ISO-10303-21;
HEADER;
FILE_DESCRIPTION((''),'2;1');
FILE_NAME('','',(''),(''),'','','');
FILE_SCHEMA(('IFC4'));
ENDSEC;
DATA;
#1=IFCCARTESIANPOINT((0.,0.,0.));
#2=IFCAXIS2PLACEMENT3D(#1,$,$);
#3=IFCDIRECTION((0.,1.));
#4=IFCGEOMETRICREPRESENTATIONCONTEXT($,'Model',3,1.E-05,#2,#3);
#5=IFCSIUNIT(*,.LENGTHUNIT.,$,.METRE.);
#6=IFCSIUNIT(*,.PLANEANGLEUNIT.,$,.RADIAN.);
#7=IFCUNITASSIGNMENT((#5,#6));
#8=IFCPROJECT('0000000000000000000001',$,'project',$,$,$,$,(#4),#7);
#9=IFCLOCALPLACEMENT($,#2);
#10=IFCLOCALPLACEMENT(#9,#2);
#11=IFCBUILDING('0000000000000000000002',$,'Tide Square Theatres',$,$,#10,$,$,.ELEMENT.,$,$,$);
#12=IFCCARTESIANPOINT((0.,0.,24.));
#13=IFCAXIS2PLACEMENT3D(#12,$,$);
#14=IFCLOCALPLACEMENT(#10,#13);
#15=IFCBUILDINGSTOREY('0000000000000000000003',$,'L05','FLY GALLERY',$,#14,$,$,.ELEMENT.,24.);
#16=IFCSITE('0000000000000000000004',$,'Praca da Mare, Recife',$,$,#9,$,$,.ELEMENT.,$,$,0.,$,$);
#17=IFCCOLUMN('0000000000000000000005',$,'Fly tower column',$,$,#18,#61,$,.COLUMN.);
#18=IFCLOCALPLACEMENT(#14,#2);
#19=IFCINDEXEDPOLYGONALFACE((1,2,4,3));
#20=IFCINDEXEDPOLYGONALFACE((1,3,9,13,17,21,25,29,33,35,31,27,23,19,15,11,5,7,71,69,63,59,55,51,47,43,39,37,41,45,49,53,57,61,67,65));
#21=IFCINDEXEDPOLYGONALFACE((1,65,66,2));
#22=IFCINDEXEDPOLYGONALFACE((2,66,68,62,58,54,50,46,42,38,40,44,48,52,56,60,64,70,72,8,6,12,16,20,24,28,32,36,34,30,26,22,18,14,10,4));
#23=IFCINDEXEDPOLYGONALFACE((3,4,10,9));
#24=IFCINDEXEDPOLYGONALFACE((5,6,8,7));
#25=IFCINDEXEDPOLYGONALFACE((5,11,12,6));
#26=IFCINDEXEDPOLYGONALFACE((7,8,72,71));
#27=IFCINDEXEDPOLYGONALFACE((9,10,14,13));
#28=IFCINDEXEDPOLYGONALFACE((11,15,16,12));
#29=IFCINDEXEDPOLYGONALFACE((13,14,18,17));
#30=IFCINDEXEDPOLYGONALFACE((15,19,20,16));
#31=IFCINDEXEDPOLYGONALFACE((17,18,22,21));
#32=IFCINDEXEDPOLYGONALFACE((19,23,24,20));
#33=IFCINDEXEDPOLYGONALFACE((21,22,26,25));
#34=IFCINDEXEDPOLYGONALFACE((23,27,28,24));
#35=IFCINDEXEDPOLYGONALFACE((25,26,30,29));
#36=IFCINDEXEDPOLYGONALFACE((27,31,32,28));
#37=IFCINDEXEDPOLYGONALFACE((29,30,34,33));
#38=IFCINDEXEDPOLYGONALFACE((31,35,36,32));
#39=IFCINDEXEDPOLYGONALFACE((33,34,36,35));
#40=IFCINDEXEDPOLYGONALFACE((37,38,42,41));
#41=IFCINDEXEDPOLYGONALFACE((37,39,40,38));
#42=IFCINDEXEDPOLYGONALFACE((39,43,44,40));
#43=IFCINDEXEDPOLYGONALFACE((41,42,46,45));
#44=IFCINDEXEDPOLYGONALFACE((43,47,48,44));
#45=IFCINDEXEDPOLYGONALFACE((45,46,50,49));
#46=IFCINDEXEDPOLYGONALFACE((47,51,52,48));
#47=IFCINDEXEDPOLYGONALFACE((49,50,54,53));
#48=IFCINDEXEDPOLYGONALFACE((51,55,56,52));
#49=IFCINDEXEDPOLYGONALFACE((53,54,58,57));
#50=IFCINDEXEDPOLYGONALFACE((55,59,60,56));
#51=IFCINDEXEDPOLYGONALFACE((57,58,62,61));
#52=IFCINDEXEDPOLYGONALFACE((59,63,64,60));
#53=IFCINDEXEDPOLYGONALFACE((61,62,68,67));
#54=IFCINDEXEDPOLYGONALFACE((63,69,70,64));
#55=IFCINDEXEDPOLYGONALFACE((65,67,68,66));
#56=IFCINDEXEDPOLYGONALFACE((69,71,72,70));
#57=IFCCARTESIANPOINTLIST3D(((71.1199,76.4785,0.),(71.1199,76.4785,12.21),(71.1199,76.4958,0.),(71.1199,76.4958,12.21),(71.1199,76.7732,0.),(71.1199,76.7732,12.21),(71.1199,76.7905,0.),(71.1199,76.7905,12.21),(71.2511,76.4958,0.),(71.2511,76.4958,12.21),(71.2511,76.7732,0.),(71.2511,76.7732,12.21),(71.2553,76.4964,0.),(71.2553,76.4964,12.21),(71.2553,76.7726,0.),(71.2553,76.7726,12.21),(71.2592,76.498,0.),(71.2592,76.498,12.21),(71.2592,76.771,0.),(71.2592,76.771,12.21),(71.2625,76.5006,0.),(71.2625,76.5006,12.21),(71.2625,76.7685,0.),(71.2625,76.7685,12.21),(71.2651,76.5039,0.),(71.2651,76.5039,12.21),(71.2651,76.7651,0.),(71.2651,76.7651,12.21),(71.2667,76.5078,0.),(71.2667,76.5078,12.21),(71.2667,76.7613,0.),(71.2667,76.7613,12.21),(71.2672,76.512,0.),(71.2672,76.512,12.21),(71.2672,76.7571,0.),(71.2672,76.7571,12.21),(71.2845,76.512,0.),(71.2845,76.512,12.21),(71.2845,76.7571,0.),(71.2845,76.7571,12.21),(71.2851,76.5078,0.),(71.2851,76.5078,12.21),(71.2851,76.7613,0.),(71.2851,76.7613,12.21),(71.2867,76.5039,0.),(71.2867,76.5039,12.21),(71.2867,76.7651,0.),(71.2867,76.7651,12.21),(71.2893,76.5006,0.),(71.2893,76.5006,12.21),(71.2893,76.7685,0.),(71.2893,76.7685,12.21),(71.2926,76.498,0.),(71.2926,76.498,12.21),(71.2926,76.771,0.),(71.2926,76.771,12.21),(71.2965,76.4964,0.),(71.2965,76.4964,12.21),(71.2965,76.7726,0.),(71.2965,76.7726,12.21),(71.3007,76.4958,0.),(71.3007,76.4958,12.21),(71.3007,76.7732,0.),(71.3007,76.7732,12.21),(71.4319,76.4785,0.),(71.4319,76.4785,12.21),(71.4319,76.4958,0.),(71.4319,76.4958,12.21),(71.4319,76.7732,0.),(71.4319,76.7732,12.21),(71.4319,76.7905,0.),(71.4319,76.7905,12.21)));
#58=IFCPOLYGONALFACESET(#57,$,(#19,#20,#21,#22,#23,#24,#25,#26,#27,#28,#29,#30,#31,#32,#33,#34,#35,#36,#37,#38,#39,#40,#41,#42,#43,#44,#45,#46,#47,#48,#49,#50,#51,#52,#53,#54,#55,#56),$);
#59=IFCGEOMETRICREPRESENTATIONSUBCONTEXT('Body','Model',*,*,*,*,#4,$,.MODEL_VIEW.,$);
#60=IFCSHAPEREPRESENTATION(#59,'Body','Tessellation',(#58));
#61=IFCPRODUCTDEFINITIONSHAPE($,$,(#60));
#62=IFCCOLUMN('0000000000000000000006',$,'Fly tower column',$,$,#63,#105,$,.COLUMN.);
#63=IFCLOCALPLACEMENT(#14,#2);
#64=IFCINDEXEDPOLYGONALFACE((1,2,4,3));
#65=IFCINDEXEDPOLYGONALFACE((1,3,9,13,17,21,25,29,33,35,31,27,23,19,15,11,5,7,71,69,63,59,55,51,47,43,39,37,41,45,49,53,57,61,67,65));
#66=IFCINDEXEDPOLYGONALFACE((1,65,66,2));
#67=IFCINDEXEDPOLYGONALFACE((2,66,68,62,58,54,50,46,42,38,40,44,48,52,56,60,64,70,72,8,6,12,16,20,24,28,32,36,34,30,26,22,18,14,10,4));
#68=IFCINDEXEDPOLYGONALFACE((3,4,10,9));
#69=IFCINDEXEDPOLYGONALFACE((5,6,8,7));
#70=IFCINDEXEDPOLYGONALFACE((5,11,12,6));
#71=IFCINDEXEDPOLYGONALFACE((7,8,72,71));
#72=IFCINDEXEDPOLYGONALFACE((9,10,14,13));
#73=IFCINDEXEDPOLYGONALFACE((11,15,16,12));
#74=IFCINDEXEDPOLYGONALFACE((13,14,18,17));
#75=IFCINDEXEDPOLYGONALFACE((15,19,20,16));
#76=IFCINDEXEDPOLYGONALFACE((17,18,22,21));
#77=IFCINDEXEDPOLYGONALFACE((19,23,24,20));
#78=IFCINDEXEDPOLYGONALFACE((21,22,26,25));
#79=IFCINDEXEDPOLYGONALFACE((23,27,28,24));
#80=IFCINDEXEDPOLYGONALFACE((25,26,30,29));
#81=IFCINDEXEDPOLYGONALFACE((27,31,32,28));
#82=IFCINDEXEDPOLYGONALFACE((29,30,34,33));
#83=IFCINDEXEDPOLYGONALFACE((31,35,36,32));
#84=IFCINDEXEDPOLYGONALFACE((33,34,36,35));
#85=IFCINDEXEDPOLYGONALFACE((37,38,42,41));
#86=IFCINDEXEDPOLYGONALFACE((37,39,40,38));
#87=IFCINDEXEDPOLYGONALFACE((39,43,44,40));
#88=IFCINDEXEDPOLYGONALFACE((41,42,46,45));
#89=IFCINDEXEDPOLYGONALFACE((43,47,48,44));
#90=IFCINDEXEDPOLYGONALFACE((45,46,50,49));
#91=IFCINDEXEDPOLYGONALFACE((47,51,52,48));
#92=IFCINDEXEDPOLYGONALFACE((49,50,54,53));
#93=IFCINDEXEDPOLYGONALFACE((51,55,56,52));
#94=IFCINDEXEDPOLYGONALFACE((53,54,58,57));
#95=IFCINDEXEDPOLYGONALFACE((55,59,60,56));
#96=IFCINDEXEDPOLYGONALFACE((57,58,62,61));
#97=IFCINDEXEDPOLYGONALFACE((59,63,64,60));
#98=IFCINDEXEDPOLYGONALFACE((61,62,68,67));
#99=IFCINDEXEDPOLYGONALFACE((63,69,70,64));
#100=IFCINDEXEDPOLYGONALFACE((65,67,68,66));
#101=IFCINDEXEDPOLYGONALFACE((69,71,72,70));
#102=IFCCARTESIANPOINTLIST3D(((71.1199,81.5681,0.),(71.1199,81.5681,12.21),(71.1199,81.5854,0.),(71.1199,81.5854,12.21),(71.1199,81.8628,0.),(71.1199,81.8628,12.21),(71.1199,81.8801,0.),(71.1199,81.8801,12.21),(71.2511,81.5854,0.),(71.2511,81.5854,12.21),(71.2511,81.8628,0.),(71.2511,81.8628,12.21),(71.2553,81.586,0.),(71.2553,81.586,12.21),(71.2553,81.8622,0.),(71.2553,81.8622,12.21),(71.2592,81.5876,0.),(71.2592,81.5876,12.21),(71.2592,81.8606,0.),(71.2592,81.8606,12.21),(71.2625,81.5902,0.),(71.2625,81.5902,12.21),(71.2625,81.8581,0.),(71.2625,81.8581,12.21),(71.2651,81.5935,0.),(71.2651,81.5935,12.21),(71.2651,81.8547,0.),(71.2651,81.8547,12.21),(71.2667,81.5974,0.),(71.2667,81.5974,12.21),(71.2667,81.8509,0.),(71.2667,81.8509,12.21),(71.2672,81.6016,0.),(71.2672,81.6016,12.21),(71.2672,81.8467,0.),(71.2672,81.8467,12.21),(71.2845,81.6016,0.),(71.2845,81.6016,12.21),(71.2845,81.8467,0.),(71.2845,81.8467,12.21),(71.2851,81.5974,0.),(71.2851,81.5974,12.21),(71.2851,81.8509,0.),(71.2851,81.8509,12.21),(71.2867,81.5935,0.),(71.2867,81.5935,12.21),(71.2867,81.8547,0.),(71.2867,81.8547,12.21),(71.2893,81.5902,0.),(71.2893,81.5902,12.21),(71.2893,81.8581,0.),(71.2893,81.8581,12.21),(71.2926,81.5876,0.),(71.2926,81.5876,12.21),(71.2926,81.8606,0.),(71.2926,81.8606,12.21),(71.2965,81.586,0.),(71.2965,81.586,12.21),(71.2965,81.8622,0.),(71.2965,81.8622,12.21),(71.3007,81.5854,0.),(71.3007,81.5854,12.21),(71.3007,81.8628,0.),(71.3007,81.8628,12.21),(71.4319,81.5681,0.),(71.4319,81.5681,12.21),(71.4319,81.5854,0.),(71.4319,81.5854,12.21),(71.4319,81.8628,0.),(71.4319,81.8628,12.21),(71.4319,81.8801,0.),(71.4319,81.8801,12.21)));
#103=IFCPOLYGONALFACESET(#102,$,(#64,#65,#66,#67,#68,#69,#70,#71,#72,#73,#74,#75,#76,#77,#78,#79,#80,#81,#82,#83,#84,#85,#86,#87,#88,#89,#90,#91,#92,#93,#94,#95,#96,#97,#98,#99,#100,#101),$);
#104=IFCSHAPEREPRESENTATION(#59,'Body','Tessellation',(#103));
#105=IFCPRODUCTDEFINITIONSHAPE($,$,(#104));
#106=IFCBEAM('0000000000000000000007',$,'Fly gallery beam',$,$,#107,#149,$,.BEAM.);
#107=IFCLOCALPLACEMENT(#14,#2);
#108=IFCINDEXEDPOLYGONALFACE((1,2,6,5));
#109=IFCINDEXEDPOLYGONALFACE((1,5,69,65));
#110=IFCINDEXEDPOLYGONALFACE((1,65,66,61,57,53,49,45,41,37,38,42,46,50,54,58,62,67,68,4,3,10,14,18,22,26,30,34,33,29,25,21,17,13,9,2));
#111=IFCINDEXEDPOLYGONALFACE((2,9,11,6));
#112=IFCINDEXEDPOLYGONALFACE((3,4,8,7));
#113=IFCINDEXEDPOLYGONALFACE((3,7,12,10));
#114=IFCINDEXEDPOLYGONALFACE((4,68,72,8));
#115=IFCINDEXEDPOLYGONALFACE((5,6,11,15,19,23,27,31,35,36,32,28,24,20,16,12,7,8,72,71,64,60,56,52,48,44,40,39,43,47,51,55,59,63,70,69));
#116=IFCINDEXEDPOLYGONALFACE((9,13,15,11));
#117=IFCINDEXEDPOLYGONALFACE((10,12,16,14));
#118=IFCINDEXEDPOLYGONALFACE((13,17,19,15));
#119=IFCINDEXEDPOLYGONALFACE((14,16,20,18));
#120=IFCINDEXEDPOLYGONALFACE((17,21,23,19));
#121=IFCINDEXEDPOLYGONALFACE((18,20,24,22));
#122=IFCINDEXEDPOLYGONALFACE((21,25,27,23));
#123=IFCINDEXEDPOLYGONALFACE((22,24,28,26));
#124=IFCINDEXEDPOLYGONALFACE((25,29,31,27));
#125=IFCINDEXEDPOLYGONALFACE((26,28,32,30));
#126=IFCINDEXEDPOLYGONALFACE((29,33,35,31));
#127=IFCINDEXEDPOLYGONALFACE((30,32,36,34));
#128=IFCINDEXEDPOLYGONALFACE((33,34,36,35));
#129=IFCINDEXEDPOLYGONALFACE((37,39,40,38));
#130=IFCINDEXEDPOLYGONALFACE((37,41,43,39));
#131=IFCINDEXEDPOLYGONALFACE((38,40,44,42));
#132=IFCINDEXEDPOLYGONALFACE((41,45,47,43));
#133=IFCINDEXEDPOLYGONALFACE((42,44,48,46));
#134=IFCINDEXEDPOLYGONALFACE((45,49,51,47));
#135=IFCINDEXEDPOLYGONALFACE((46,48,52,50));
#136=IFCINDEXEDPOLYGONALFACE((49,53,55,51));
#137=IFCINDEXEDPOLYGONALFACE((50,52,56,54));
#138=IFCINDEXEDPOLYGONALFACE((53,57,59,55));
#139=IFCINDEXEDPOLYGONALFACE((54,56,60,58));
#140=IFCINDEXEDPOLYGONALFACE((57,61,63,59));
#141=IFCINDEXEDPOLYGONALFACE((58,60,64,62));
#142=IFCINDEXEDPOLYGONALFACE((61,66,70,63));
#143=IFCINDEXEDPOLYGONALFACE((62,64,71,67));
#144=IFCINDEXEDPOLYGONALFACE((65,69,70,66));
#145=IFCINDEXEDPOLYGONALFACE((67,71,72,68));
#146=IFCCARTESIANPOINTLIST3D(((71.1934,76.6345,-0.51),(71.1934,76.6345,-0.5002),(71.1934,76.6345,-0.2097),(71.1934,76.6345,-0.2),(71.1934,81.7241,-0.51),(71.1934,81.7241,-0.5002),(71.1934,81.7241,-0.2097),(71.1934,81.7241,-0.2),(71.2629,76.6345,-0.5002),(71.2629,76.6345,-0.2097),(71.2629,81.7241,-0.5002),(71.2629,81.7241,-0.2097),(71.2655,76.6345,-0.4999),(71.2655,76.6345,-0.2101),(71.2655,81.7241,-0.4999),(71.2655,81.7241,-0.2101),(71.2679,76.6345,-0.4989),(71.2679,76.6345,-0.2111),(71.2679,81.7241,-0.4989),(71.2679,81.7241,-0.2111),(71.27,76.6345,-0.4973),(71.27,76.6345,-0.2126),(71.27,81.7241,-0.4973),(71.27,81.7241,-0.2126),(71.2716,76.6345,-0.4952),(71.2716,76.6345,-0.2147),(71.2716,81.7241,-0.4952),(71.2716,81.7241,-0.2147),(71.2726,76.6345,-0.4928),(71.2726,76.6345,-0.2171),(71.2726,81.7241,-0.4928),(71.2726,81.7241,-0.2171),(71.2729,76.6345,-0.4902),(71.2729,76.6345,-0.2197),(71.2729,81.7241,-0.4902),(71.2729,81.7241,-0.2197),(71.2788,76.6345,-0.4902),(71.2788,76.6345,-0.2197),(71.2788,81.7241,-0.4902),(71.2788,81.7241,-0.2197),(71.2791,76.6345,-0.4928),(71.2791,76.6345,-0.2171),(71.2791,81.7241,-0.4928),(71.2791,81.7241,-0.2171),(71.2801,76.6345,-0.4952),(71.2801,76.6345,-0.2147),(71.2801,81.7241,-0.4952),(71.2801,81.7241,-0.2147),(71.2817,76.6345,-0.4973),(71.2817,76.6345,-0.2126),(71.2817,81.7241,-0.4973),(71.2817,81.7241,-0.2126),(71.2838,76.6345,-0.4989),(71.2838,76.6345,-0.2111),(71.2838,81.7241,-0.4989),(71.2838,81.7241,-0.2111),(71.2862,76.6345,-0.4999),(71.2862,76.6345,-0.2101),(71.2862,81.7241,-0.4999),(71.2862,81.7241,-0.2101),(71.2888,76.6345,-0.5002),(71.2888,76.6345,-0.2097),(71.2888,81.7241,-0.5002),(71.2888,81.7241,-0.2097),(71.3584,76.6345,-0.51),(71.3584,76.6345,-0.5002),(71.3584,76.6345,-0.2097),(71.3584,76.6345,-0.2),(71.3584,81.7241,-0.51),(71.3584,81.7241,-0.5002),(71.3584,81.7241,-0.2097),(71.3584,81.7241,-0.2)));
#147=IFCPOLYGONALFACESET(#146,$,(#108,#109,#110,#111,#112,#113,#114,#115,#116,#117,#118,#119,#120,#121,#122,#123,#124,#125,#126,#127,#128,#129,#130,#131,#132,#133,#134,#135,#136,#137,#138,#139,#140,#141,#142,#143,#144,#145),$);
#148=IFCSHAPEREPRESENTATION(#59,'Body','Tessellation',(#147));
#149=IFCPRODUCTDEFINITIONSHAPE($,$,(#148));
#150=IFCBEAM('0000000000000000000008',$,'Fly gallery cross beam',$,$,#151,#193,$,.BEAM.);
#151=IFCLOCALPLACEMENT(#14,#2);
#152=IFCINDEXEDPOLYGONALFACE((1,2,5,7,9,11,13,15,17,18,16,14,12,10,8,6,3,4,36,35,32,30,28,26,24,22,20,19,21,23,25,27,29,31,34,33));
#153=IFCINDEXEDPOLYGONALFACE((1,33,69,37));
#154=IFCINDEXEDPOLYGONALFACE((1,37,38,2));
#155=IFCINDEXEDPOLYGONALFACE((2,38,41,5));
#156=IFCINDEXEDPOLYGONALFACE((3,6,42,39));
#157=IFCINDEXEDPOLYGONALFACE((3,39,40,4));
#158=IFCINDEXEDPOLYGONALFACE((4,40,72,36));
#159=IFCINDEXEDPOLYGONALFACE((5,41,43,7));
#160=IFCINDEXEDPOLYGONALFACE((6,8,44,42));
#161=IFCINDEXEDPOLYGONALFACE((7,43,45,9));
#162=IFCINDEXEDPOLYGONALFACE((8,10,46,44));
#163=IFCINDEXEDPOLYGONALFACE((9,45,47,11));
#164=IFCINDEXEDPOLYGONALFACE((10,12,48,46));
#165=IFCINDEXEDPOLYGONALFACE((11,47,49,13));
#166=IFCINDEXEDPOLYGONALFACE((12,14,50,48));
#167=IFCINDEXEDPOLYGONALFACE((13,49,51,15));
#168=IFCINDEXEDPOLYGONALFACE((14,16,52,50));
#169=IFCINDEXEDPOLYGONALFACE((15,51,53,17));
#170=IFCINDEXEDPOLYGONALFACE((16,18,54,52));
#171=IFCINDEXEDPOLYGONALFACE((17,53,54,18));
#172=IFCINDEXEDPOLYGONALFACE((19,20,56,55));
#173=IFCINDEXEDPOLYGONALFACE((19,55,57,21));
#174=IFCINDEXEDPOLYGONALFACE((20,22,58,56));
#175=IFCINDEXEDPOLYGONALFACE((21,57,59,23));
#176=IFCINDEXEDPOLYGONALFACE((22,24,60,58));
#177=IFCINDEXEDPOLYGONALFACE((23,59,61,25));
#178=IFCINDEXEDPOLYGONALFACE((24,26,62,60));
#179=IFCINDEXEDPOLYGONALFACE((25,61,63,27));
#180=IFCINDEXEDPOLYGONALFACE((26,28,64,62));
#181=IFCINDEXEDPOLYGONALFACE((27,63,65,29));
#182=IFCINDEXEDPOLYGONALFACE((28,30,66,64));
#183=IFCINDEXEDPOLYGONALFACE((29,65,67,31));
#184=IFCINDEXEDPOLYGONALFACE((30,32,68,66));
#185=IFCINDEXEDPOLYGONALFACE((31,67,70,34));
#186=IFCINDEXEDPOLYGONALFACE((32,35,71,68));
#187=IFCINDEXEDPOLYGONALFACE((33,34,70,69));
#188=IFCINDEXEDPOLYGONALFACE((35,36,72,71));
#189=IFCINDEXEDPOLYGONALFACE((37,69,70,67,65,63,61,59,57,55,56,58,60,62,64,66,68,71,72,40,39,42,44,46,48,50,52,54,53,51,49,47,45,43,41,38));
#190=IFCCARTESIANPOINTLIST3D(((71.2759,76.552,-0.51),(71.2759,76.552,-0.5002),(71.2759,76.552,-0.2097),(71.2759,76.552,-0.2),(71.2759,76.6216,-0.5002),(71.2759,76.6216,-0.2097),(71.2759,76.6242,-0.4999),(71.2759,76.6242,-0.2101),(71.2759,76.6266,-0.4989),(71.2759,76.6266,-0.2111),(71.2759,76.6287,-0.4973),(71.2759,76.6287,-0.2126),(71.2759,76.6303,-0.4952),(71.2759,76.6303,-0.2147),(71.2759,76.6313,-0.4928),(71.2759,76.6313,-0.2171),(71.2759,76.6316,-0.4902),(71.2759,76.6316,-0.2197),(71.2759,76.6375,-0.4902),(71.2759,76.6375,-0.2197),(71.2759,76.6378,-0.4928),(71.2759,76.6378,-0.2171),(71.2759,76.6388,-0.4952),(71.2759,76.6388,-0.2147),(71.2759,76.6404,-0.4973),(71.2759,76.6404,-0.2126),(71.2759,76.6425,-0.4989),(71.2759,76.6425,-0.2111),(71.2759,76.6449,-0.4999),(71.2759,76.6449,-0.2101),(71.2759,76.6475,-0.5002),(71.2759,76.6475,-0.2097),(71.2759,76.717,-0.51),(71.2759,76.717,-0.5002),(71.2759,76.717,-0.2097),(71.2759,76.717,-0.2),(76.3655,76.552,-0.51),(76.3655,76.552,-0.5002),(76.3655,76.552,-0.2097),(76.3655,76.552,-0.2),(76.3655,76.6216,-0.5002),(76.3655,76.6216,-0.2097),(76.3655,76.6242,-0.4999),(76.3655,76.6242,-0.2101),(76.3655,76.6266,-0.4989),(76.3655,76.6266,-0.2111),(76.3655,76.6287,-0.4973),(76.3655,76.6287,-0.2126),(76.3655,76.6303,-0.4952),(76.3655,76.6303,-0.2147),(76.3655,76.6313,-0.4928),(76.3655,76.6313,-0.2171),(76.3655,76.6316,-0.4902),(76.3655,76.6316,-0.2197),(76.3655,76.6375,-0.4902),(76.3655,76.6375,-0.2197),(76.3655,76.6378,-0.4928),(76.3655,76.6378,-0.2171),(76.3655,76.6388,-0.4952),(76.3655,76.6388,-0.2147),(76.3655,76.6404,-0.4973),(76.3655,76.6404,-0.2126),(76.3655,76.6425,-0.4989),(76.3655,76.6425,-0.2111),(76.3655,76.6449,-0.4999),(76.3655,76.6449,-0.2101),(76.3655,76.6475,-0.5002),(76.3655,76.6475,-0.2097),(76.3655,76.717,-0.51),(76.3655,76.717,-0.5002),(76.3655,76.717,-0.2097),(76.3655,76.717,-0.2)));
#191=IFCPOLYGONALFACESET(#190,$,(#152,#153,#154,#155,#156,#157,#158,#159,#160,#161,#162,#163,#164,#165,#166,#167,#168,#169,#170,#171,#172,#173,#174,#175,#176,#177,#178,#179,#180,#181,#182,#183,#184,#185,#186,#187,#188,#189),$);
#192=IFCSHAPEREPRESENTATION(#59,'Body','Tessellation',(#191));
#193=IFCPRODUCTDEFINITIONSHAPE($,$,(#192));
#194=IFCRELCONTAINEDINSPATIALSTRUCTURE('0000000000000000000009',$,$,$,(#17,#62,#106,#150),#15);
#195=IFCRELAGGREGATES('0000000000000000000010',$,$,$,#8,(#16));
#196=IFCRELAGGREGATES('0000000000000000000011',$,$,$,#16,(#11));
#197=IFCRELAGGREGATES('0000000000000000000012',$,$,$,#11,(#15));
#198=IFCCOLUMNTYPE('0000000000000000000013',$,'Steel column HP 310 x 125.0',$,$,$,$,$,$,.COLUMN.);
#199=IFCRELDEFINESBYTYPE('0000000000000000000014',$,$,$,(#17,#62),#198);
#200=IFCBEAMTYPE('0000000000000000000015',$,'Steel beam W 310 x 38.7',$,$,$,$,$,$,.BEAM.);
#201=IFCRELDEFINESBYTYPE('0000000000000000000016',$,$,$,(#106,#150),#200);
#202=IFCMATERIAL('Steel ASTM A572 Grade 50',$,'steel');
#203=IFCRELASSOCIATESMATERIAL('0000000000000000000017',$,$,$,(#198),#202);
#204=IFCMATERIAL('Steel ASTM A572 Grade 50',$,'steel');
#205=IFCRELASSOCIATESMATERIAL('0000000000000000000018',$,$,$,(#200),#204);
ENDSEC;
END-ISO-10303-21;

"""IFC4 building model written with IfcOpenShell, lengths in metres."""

from ifc_helpers import new_model, si_unit, direction, frame, origin, origin_2d, place, context, subcontext, project, spatial, i_section, extrude, material, material_profile, profile_set, type_object, element, save


model = new_model("IFC4")

# Units and contexts
model_context = context("Model", 3, precision=1e-05, world=origin(), true_north=direction((0.0, 1.0)))
body_context = subcontext(model_context, "Body", "Model", "MODEL_VIEW")
ifc_project = project(units=[si_unit("LENGTHUNIT", "METRE"), si_unit("PLANEANGLEUNIT", "RADIAN")], contexts=[model_context])

# Site, building, storey
site_placement = place(None, origin())
site = spatial("IfcSite", under=ifc_project, at=site_placement, Name="Praca da Mare, Recife", CompositionType="ELEMENT", RefElevation=0.0)
building_placement = place(site_placement, origin())
building = spatial("IfcBuilding", under=site, at=building_placement, Name="Tide Square Theatres", CompositionType="ELEMENT")
storey_placement = place(building_placement, frame((0.0, 0.0, 24.0)))
storey = spatial("IfcBuildingStorey", under=building, at=storey_placement, Name="L05", Description="FLY GALLERY", CompositionType="ELEMENT", Elevation=24.0)

# Columns
ifc_material_1 = material(Name="Steel ASTM A572 Grade 50", Category="steel")
ifc_material_profile_1 = material_profile(ifc_material_1, i_section(OverallWidth=0.312, OverallDepth=0.312, WebThickness=0.0173, FlangeThickness=0.0173, FilletRadius=0.0161, at=origin_2d()))
ifc_profile_set_1 = profile_set([ifc_material_profile_1], Name="Steel ASTM A572 Grade 50")
column_type = type_object("IfcColumnType", Name="Steel column HP 310 x 125.0", PredefinedType="COLUMN", material=ifc_profile_set_1)
for number, where, z_axis, x_axis, name in (
    (1, (71.2759, 76.6345, 0.0), (0.0, 0.0, 1.0), (1.0, 0.0, 0.0), "Fly tower column"),
    (2, (71.2759, 81.7241, 0.0), (0.0, 0.0, 1.0), (1.0, 0.0, 0.0), "Fly tower column"),
):
    element("IfcColumn", number, at=place(storey_placement, frame(where, z_axis=z_axis, x_axis=x_axis)), inside=storey, type_object=column_type, Name=name, PredefinedType="COLUMN", context=body_context, shape_type="SweptSolid", body=[
        extrude(i_section(OverallWidth=0.312, OverallDepth=0.312, WebThickness=0.0173, FlangeThickness=0.0173, FilletRadius=0.0161, at=origin_2d()), origin(), (0.0, 0.0, 1.0), 12.21),
    ])

# Beams
ifc_material_2 = material(Name="Steel ASTM A572 Grade 50", Category="steel")
ifc_material_profile_2 = material_profile(ifc_material_2, i_section(OverallWidth=0.165, OverallDepth=0.3101, WebThickness=0.0059, FlangeThickness=0.0098, FilletRadius=0.01, at=origin_2d()))
ifc_profile_set_2 = profile_set([ifc_material_profile_2], Name="Steel ASTM A572 Grade 50")
beam_type = type_object("IfcBeamType", Name="Steel beam W 310 x 38.7", PredefinedType="BEAM", material=ifc_profile_set_2)
for number, where, z_axis, x_axis, name in (
    (3, (71.2759, 76.6345, -0.355), (0.0, 1.0, 0.0), (-1.0, 0.0, 0.0), "Fly gallery beam"),
    (4, (71.2759, 76.6345, -0.355), (1.0, 0.0, 0.0), (0.0, 1.0, 0.0), "Fly gallery cross beam"),
):
    element("IfcBeam", number, at=place(storey_placement, frame(where, z_axis=z_axis, x_axis=x_axis)), inside=storey, type_object=beam_type, Name=name, PredefinedType="BEAM", context=body_context, shape_type="SweptSolid", body=[
        extrude(i_section(OverallWidth=0.165, OverallDepth=0.3101, WebThickness=0.0059, FlangeThickness=0.0098, FilletRadius=0.01, at=origin_2d()), origin(), (0.0, 0.0, 1.0), 5.0896),
    ])

save(model, "model.ifc")
